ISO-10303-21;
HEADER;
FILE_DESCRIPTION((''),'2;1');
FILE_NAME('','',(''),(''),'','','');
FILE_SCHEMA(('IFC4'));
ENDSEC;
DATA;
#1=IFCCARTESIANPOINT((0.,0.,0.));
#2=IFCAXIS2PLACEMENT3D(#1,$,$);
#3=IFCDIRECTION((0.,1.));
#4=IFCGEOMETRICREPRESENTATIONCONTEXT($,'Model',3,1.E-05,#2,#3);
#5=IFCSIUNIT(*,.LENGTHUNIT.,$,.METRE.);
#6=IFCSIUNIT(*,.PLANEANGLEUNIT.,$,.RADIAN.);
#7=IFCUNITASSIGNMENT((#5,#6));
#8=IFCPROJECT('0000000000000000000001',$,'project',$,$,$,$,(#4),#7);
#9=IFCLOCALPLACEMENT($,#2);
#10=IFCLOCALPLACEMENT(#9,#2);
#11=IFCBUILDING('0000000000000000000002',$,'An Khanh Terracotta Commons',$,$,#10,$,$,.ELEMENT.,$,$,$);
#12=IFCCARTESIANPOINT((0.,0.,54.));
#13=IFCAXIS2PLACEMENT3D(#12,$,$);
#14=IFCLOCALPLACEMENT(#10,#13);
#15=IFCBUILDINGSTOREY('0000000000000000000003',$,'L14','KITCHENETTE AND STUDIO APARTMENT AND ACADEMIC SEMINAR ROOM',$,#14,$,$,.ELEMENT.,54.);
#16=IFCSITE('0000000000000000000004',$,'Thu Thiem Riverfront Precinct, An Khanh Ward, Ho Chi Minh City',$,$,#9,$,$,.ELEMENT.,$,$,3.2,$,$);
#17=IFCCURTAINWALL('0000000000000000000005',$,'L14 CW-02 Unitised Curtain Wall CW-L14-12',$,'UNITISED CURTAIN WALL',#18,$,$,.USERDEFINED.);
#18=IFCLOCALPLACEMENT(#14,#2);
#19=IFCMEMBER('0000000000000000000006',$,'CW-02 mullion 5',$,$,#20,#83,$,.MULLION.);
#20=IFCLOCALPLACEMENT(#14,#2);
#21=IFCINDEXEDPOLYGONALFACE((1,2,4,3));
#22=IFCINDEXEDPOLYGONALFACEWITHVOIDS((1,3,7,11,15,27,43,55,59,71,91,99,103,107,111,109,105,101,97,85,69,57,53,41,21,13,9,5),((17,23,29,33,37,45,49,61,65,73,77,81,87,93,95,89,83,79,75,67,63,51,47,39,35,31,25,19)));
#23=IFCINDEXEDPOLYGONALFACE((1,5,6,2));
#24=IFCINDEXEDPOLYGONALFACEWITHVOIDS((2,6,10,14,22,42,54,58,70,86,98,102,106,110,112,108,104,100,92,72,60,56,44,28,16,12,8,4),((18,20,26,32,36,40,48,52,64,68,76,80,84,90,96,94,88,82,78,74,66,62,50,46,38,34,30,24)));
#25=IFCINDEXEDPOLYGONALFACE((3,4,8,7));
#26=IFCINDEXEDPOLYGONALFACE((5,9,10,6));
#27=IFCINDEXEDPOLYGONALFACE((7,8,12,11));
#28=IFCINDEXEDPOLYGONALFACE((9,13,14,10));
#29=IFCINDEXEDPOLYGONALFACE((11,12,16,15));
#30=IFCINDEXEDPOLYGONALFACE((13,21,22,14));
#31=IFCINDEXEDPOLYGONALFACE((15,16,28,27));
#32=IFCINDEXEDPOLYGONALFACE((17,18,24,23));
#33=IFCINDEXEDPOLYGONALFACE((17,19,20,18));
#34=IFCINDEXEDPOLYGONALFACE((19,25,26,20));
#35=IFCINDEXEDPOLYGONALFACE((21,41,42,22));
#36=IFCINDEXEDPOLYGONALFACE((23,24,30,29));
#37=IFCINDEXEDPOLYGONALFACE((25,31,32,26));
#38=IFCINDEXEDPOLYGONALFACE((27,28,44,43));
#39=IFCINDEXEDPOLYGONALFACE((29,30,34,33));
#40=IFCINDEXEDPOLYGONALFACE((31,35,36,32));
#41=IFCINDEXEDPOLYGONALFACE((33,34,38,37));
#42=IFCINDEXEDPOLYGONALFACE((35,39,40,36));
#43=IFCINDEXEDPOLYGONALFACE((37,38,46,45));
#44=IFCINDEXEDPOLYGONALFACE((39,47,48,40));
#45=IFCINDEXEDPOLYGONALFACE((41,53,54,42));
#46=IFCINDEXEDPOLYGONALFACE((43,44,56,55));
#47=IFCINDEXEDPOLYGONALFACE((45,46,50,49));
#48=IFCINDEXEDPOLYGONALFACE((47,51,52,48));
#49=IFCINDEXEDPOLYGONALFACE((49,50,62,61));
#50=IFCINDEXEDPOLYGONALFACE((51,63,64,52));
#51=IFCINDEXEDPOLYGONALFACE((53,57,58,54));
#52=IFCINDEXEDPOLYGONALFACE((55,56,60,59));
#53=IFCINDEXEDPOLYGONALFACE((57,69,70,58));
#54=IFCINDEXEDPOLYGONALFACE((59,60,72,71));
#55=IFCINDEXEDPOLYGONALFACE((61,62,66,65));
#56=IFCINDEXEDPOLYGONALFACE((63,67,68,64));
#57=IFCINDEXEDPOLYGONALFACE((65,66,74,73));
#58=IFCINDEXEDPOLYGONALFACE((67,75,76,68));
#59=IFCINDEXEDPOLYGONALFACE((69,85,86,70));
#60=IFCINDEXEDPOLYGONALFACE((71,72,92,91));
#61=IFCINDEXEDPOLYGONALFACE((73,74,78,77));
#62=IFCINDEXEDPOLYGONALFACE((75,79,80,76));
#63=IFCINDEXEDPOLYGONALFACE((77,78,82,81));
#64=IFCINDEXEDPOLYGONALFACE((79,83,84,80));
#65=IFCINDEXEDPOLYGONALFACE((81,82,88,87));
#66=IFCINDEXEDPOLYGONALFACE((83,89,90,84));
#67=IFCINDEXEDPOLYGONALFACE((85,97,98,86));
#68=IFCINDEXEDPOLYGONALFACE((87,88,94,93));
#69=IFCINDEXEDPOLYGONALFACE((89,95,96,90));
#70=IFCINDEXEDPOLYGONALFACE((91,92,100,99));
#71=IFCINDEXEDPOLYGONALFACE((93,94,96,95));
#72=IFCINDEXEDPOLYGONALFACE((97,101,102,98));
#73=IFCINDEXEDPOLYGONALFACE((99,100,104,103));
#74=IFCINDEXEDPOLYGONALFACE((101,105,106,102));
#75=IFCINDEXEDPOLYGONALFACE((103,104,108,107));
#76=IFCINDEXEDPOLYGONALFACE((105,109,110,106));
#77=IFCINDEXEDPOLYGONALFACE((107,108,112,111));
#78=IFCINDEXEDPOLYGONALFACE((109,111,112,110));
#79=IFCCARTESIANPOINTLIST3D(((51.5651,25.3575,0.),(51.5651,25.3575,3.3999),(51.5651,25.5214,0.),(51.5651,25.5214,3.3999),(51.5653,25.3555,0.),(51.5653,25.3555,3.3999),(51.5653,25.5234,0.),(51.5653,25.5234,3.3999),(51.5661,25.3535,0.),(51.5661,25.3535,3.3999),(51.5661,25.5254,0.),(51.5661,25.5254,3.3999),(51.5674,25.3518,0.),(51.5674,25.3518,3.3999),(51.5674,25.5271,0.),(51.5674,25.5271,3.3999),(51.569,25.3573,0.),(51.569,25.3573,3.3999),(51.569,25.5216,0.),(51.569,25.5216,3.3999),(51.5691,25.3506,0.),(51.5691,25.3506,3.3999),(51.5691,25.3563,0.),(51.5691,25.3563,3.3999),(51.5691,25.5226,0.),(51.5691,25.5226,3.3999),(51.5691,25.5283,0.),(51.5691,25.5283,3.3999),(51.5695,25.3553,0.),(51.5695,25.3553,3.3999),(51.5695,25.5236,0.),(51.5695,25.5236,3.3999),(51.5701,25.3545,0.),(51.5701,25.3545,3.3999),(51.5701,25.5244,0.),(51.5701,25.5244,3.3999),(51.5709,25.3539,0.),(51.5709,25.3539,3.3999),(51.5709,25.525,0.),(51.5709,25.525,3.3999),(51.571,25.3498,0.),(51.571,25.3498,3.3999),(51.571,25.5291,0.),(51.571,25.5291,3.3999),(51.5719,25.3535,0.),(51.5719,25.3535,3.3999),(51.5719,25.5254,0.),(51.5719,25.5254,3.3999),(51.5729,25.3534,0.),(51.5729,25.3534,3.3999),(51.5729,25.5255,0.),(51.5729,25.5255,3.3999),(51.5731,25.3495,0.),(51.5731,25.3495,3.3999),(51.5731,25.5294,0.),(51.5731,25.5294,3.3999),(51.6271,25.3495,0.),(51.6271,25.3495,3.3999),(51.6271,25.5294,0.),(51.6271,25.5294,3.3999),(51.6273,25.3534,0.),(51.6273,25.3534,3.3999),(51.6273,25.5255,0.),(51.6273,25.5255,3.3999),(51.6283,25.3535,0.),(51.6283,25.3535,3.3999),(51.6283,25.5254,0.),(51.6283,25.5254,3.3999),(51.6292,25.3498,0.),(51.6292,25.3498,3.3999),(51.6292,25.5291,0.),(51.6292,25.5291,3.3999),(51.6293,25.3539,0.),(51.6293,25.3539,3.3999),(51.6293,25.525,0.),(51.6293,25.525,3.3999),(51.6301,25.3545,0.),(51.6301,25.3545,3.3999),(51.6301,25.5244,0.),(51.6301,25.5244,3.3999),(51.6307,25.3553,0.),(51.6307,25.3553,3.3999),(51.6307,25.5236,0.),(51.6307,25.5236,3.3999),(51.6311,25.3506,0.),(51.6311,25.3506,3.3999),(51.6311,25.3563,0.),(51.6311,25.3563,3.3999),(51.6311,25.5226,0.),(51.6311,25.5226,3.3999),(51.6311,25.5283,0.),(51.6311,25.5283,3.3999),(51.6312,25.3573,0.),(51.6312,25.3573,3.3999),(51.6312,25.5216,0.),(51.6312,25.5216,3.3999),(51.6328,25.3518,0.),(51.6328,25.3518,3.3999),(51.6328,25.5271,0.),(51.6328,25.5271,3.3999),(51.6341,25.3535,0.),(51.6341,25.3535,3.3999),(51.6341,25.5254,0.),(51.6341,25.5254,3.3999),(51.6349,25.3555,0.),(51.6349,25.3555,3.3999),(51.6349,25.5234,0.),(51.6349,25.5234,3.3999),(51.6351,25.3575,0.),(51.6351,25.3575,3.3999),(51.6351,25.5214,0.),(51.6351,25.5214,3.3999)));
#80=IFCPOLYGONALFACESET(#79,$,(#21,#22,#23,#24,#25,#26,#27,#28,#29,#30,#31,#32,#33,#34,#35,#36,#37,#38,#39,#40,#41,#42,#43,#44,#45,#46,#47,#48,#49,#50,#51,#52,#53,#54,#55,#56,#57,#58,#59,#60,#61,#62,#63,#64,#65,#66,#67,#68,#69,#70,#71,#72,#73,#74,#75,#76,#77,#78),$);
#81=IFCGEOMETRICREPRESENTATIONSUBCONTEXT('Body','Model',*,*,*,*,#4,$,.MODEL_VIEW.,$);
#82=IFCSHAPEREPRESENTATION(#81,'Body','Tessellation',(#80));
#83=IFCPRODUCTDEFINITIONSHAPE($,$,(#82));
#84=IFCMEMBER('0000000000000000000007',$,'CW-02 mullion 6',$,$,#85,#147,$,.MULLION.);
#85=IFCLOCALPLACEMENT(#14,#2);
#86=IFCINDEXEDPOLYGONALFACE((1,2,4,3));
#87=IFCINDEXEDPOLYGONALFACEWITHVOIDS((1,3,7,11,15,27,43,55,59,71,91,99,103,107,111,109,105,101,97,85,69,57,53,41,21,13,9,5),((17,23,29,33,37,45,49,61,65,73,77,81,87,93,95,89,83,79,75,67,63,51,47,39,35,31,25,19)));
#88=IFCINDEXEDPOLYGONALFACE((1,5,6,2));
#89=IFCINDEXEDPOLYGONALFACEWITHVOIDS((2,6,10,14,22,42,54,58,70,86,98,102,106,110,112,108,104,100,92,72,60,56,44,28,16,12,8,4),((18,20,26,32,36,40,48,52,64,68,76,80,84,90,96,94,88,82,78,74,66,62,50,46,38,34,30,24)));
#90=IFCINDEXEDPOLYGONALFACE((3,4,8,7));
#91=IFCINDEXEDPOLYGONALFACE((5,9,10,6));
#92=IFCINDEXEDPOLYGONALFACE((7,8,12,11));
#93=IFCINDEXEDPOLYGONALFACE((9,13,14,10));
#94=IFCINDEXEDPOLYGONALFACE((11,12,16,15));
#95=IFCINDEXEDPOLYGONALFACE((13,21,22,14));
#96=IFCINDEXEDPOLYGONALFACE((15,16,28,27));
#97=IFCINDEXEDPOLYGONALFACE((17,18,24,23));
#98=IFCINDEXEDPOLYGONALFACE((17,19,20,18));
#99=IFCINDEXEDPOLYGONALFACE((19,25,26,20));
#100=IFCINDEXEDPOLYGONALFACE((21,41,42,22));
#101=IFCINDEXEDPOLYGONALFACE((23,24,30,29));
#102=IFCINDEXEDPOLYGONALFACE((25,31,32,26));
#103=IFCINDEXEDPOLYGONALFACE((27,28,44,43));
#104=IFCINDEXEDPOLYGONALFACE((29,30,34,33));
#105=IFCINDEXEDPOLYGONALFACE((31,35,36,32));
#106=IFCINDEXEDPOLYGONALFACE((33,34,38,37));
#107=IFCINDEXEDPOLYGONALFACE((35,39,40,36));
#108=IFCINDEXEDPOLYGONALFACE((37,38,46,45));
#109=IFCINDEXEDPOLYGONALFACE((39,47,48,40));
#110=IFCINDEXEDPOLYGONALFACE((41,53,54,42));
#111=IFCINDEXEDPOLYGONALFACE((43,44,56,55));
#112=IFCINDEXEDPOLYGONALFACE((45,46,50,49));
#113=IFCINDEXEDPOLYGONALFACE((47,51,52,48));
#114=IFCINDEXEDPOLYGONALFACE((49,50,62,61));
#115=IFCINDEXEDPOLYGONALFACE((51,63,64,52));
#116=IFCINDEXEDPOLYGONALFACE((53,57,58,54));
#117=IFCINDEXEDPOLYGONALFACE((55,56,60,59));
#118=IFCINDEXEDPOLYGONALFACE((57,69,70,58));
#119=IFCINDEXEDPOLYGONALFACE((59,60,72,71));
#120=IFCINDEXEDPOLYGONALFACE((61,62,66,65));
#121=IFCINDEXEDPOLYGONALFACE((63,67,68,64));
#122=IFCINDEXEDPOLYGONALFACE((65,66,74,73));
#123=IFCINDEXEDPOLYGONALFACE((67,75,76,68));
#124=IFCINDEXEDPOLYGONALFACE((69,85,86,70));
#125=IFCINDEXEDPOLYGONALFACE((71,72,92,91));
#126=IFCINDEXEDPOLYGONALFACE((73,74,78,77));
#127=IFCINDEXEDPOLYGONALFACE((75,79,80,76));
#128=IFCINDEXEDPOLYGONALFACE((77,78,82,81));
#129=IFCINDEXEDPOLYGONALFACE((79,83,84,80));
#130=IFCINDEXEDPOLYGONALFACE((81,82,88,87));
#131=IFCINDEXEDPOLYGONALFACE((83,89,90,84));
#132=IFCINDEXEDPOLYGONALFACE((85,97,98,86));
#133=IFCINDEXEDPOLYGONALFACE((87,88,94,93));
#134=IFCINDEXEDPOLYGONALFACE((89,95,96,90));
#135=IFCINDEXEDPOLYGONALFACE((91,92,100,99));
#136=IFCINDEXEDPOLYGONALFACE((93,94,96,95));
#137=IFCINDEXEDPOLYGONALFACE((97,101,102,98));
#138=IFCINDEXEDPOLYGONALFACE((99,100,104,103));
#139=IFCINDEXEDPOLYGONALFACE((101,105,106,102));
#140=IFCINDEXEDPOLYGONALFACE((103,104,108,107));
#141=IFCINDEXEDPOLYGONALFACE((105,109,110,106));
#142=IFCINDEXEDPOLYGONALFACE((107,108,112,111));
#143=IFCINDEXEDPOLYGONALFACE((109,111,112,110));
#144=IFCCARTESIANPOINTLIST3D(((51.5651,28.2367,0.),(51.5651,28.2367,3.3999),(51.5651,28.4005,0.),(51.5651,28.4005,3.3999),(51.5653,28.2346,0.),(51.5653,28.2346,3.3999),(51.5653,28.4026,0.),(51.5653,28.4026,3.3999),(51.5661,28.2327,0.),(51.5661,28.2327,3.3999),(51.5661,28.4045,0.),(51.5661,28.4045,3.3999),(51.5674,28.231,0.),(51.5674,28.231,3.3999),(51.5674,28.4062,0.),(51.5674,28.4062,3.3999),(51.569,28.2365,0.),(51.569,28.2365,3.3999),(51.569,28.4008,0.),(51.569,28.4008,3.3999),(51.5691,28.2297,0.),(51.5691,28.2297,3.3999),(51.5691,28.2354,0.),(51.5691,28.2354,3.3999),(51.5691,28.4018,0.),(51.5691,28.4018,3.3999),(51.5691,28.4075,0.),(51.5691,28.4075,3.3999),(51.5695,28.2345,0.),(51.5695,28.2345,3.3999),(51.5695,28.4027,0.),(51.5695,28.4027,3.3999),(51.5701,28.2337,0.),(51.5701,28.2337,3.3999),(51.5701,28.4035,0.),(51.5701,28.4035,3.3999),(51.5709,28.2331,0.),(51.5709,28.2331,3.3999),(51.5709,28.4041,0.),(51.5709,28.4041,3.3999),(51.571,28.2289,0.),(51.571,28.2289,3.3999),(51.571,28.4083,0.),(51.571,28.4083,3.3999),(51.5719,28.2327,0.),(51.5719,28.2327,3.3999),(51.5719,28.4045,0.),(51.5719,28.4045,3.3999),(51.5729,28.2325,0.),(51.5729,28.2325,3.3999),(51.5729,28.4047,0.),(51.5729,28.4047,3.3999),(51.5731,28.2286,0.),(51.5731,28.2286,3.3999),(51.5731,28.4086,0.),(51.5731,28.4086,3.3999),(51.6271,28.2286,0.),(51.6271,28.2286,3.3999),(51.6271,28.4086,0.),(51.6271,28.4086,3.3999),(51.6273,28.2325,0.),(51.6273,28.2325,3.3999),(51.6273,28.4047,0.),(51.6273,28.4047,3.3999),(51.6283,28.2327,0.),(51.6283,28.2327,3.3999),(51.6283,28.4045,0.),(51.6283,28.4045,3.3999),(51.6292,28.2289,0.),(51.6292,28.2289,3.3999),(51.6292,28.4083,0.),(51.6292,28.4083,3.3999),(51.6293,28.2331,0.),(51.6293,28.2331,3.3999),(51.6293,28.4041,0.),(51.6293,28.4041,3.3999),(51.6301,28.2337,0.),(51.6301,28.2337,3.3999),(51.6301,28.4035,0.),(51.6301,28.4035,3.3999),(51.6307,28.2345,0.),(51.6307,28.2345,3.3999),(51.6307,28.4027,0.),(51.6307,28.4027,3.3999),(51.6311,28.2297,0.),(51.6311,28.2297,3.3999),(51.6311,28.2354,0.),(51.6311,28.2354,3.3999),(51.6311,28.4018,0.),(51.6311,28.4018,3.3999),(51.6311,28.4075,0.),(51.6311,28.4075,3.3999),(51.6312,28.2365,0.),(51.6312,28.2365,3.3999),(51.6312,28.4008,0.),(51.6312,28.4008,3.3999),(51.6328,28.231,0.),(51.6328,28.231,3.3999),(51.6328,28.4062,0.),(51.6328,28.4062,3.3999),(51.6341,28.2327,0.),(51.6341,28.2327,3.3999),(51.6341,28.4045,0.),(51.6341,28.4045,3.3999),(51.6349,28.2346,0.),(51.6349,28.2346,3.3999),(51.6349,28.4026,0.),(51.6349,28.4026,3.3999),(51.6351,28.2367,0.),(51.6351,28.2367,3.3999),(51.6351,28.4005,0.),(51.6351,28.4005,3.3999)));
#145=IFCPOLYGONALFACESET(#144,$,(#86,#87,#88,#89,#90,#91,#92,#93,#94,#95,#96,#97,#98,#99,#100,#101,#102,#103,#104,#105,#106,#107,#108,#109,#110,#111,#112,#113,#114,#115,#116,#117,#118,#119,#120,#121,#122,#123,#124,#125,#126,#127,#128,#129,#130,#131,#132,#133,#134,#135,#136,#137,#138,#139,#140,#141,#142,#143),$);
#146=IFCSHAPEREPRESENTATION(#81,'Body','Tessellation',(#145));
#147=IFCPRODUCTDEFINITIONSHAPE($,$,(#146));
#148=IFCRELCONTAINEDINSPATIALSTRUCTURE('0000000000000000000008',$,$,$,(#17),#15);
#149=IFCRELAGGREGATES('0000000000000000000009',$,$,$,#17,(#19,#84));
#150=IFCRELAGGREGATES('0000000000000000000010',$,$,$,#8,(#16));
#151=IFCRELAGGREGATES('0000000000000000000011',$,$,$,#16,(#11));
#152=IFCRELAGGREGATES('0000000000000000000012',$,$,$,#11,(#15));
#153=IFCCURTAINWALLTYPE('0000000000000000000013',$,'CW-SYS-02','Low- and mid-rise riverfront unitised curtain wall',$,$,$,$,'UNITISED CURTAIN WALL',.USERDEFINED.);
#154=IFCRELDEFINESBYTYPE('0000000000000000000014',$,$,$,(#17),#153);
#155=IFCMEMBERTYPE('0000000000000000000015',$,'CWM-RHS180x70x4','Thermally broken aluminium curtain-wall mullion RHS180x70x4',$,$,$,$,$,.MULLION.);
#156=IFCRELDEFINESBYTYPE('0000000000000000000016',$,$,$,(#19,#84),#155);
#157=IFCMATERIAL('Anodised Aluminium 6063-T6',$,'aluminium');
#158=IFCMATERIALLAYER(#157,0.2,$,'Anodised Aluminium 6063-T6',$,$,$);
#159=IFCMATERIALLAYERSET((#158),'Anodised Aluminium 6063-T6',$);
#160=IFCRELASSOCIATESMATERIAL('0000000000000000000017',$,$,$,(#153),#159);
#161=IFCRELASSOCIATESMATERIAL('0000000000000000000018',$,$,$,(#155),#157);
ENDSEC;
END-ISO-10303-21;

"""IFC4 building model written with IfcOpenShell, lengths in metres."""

from ifc_helpers import new_model, si_unit, direction, frame, origin, origin_2d, place, context, subcontext, project, spatial, hollow_rectangle, extrude, material, layer, layer_set, material_profile, profile_set, type_object, element, aggregate, save


model = new_model("IFC4")

# Units and contexts
model_context = context("Model", 3, precision=1e-05, world=origin(), true_north=direction((0.0, 1.0)))
body_context = subcontext(model_context, "Body", "Model", "MODEL_VIEW")
ifc_project = project(units=[si_unit("LENGTHUNIT", "METRE"), si_unit("PLANEANGLEUNIT", "RADIAN")], contexts=[model_context])

# Site, building, storey
site_placement = place(None, origin())
site = spatial("IfcSite", under=ifc_project, at=site_placement, Name="Thu Thiem Riverfront Precinct, An Khanh Ward, Ho Chi Minh City", CompositionType="ELEMENT", RefElevation=3.2)
building_placement = place(site_placement, origin())
building = spatial("IfcBuilding", under=site, at=building_placement, Name="An Khanh Terracotta Commons", CompositionType="ELEMENT")
storey_placement = place(building_placement, frame((0.0, 0.0, 54.0)))
storey = spatial("IfcBuildingStorey", under=building, at=storey_placement, Name="L14", Description="KITCHENETTE AND STUDIO APARTMENT AND ACADEMIC SEMINAR ROOM", CompositionType="ELEMENT", Elevation=54.0)

# Curtain wall, members
ifc_material_1 = material(Name="Anodised Aluminium 6063-T6", Category="aluminium")
ifc_layer_1 = layer(ifc_material_1, 0.2, Name="Anodised Aluminium 6063-T6")
ifc_layer_set_1 = layer_set([ifc_layer_1], Name="Anodised Aluminium 6063-T6")
curtain_wall_type = type_object("IfcCurtainWallType", Name="CW-SYS-02", Description="Low- and mid-rise riverfront unitised curtain wall", ElementType="UNITISED CURTAIN WALL", PredefinedType="USERDEFINED", material=ifc_layer_set_1)
curtain_wall_placement = place(storey_placement, origin())
curtain_wall = element("IfcCurtainWall", 1, at=curtain_wall_placement, inside=storey, type_object=curtain_wall_type, Name="L14 CW-02 Unitised Curtain Wall CW-L14-12", ObjectType="UNITISED CURTAIN WALL", PredefinedType="USERDEFINED")
ifc_material_profile_1 = material_profile(ifc_material_1, hollow_rectangle(XDim=0.0701, YDim=0.1799, WallThickness=0.0039, InnerFilletRadius=0.0039, OuterFilletRadius=0.0081, at=origin_2d()), Name="RHS180x70x4")
ifc_profile_set_1 = profile_set([ifc_material_profile_1], Name="Anodised Aluminium 6063-T6")
member_type_1 = type_object("IfcMemberType", Name="CWM-RHS180x70x4", Description="Thermally broken aluminium curtain-wall mullion RHS180x70x4", PredefinedType="MULLION", material=ifc_profile_set_1)
member_1_placement = place(storey_placement, frame((51.6001, 25.4395, 0.0), z_axis=(0.0, 0.0, 1.0), x_axis=(-1.0, 0.0, 0.0)))
member_1 = element("IfcMember", 2, at=member_1_placement, type_object=member_type_1, Name="CW-02 mullion 5", PredefinedType="MULLION", context=body_context, shape_type="SweptSolid", body=[
    extrude(hollow_rectangle(XDim=0.0701, YDim=0.1799, WallThickness=0.0039, InnerFilletRadius=0.0039, OuterFilletRadius=0.0081, at=origin_2d()), origin(), (0.0, 0.0, 1.0), 3.3999),
])
member_2_placement = place(storey_placement, frame((51.6001, 28.3186, 0.0), z_axis=(0.0, 0.0, 1.0), x_axis=(-1.0, 0.0, 0.0)))
member_2 = element("IfcMember", 3, at=member_2_placement, type_object=member_type_1, Name="CW-02 mullion 6", PredefinedType="MULLION", context=body_context, shape_type="SweptSolid", body=[
    extrude(hollow_rectangle(XDim=0.0701, YDim=0.1799, WallThickness=0.0039, InnerFilletRadius=0.0039, OuterFilletRadius=0.0081, at=origin_2d()), origin(), (0.0, 0.0, 1.0), 3.3999),
])
aggregate(curtain_wall, [member_1, member_2])

save(model, "model.ifc")
